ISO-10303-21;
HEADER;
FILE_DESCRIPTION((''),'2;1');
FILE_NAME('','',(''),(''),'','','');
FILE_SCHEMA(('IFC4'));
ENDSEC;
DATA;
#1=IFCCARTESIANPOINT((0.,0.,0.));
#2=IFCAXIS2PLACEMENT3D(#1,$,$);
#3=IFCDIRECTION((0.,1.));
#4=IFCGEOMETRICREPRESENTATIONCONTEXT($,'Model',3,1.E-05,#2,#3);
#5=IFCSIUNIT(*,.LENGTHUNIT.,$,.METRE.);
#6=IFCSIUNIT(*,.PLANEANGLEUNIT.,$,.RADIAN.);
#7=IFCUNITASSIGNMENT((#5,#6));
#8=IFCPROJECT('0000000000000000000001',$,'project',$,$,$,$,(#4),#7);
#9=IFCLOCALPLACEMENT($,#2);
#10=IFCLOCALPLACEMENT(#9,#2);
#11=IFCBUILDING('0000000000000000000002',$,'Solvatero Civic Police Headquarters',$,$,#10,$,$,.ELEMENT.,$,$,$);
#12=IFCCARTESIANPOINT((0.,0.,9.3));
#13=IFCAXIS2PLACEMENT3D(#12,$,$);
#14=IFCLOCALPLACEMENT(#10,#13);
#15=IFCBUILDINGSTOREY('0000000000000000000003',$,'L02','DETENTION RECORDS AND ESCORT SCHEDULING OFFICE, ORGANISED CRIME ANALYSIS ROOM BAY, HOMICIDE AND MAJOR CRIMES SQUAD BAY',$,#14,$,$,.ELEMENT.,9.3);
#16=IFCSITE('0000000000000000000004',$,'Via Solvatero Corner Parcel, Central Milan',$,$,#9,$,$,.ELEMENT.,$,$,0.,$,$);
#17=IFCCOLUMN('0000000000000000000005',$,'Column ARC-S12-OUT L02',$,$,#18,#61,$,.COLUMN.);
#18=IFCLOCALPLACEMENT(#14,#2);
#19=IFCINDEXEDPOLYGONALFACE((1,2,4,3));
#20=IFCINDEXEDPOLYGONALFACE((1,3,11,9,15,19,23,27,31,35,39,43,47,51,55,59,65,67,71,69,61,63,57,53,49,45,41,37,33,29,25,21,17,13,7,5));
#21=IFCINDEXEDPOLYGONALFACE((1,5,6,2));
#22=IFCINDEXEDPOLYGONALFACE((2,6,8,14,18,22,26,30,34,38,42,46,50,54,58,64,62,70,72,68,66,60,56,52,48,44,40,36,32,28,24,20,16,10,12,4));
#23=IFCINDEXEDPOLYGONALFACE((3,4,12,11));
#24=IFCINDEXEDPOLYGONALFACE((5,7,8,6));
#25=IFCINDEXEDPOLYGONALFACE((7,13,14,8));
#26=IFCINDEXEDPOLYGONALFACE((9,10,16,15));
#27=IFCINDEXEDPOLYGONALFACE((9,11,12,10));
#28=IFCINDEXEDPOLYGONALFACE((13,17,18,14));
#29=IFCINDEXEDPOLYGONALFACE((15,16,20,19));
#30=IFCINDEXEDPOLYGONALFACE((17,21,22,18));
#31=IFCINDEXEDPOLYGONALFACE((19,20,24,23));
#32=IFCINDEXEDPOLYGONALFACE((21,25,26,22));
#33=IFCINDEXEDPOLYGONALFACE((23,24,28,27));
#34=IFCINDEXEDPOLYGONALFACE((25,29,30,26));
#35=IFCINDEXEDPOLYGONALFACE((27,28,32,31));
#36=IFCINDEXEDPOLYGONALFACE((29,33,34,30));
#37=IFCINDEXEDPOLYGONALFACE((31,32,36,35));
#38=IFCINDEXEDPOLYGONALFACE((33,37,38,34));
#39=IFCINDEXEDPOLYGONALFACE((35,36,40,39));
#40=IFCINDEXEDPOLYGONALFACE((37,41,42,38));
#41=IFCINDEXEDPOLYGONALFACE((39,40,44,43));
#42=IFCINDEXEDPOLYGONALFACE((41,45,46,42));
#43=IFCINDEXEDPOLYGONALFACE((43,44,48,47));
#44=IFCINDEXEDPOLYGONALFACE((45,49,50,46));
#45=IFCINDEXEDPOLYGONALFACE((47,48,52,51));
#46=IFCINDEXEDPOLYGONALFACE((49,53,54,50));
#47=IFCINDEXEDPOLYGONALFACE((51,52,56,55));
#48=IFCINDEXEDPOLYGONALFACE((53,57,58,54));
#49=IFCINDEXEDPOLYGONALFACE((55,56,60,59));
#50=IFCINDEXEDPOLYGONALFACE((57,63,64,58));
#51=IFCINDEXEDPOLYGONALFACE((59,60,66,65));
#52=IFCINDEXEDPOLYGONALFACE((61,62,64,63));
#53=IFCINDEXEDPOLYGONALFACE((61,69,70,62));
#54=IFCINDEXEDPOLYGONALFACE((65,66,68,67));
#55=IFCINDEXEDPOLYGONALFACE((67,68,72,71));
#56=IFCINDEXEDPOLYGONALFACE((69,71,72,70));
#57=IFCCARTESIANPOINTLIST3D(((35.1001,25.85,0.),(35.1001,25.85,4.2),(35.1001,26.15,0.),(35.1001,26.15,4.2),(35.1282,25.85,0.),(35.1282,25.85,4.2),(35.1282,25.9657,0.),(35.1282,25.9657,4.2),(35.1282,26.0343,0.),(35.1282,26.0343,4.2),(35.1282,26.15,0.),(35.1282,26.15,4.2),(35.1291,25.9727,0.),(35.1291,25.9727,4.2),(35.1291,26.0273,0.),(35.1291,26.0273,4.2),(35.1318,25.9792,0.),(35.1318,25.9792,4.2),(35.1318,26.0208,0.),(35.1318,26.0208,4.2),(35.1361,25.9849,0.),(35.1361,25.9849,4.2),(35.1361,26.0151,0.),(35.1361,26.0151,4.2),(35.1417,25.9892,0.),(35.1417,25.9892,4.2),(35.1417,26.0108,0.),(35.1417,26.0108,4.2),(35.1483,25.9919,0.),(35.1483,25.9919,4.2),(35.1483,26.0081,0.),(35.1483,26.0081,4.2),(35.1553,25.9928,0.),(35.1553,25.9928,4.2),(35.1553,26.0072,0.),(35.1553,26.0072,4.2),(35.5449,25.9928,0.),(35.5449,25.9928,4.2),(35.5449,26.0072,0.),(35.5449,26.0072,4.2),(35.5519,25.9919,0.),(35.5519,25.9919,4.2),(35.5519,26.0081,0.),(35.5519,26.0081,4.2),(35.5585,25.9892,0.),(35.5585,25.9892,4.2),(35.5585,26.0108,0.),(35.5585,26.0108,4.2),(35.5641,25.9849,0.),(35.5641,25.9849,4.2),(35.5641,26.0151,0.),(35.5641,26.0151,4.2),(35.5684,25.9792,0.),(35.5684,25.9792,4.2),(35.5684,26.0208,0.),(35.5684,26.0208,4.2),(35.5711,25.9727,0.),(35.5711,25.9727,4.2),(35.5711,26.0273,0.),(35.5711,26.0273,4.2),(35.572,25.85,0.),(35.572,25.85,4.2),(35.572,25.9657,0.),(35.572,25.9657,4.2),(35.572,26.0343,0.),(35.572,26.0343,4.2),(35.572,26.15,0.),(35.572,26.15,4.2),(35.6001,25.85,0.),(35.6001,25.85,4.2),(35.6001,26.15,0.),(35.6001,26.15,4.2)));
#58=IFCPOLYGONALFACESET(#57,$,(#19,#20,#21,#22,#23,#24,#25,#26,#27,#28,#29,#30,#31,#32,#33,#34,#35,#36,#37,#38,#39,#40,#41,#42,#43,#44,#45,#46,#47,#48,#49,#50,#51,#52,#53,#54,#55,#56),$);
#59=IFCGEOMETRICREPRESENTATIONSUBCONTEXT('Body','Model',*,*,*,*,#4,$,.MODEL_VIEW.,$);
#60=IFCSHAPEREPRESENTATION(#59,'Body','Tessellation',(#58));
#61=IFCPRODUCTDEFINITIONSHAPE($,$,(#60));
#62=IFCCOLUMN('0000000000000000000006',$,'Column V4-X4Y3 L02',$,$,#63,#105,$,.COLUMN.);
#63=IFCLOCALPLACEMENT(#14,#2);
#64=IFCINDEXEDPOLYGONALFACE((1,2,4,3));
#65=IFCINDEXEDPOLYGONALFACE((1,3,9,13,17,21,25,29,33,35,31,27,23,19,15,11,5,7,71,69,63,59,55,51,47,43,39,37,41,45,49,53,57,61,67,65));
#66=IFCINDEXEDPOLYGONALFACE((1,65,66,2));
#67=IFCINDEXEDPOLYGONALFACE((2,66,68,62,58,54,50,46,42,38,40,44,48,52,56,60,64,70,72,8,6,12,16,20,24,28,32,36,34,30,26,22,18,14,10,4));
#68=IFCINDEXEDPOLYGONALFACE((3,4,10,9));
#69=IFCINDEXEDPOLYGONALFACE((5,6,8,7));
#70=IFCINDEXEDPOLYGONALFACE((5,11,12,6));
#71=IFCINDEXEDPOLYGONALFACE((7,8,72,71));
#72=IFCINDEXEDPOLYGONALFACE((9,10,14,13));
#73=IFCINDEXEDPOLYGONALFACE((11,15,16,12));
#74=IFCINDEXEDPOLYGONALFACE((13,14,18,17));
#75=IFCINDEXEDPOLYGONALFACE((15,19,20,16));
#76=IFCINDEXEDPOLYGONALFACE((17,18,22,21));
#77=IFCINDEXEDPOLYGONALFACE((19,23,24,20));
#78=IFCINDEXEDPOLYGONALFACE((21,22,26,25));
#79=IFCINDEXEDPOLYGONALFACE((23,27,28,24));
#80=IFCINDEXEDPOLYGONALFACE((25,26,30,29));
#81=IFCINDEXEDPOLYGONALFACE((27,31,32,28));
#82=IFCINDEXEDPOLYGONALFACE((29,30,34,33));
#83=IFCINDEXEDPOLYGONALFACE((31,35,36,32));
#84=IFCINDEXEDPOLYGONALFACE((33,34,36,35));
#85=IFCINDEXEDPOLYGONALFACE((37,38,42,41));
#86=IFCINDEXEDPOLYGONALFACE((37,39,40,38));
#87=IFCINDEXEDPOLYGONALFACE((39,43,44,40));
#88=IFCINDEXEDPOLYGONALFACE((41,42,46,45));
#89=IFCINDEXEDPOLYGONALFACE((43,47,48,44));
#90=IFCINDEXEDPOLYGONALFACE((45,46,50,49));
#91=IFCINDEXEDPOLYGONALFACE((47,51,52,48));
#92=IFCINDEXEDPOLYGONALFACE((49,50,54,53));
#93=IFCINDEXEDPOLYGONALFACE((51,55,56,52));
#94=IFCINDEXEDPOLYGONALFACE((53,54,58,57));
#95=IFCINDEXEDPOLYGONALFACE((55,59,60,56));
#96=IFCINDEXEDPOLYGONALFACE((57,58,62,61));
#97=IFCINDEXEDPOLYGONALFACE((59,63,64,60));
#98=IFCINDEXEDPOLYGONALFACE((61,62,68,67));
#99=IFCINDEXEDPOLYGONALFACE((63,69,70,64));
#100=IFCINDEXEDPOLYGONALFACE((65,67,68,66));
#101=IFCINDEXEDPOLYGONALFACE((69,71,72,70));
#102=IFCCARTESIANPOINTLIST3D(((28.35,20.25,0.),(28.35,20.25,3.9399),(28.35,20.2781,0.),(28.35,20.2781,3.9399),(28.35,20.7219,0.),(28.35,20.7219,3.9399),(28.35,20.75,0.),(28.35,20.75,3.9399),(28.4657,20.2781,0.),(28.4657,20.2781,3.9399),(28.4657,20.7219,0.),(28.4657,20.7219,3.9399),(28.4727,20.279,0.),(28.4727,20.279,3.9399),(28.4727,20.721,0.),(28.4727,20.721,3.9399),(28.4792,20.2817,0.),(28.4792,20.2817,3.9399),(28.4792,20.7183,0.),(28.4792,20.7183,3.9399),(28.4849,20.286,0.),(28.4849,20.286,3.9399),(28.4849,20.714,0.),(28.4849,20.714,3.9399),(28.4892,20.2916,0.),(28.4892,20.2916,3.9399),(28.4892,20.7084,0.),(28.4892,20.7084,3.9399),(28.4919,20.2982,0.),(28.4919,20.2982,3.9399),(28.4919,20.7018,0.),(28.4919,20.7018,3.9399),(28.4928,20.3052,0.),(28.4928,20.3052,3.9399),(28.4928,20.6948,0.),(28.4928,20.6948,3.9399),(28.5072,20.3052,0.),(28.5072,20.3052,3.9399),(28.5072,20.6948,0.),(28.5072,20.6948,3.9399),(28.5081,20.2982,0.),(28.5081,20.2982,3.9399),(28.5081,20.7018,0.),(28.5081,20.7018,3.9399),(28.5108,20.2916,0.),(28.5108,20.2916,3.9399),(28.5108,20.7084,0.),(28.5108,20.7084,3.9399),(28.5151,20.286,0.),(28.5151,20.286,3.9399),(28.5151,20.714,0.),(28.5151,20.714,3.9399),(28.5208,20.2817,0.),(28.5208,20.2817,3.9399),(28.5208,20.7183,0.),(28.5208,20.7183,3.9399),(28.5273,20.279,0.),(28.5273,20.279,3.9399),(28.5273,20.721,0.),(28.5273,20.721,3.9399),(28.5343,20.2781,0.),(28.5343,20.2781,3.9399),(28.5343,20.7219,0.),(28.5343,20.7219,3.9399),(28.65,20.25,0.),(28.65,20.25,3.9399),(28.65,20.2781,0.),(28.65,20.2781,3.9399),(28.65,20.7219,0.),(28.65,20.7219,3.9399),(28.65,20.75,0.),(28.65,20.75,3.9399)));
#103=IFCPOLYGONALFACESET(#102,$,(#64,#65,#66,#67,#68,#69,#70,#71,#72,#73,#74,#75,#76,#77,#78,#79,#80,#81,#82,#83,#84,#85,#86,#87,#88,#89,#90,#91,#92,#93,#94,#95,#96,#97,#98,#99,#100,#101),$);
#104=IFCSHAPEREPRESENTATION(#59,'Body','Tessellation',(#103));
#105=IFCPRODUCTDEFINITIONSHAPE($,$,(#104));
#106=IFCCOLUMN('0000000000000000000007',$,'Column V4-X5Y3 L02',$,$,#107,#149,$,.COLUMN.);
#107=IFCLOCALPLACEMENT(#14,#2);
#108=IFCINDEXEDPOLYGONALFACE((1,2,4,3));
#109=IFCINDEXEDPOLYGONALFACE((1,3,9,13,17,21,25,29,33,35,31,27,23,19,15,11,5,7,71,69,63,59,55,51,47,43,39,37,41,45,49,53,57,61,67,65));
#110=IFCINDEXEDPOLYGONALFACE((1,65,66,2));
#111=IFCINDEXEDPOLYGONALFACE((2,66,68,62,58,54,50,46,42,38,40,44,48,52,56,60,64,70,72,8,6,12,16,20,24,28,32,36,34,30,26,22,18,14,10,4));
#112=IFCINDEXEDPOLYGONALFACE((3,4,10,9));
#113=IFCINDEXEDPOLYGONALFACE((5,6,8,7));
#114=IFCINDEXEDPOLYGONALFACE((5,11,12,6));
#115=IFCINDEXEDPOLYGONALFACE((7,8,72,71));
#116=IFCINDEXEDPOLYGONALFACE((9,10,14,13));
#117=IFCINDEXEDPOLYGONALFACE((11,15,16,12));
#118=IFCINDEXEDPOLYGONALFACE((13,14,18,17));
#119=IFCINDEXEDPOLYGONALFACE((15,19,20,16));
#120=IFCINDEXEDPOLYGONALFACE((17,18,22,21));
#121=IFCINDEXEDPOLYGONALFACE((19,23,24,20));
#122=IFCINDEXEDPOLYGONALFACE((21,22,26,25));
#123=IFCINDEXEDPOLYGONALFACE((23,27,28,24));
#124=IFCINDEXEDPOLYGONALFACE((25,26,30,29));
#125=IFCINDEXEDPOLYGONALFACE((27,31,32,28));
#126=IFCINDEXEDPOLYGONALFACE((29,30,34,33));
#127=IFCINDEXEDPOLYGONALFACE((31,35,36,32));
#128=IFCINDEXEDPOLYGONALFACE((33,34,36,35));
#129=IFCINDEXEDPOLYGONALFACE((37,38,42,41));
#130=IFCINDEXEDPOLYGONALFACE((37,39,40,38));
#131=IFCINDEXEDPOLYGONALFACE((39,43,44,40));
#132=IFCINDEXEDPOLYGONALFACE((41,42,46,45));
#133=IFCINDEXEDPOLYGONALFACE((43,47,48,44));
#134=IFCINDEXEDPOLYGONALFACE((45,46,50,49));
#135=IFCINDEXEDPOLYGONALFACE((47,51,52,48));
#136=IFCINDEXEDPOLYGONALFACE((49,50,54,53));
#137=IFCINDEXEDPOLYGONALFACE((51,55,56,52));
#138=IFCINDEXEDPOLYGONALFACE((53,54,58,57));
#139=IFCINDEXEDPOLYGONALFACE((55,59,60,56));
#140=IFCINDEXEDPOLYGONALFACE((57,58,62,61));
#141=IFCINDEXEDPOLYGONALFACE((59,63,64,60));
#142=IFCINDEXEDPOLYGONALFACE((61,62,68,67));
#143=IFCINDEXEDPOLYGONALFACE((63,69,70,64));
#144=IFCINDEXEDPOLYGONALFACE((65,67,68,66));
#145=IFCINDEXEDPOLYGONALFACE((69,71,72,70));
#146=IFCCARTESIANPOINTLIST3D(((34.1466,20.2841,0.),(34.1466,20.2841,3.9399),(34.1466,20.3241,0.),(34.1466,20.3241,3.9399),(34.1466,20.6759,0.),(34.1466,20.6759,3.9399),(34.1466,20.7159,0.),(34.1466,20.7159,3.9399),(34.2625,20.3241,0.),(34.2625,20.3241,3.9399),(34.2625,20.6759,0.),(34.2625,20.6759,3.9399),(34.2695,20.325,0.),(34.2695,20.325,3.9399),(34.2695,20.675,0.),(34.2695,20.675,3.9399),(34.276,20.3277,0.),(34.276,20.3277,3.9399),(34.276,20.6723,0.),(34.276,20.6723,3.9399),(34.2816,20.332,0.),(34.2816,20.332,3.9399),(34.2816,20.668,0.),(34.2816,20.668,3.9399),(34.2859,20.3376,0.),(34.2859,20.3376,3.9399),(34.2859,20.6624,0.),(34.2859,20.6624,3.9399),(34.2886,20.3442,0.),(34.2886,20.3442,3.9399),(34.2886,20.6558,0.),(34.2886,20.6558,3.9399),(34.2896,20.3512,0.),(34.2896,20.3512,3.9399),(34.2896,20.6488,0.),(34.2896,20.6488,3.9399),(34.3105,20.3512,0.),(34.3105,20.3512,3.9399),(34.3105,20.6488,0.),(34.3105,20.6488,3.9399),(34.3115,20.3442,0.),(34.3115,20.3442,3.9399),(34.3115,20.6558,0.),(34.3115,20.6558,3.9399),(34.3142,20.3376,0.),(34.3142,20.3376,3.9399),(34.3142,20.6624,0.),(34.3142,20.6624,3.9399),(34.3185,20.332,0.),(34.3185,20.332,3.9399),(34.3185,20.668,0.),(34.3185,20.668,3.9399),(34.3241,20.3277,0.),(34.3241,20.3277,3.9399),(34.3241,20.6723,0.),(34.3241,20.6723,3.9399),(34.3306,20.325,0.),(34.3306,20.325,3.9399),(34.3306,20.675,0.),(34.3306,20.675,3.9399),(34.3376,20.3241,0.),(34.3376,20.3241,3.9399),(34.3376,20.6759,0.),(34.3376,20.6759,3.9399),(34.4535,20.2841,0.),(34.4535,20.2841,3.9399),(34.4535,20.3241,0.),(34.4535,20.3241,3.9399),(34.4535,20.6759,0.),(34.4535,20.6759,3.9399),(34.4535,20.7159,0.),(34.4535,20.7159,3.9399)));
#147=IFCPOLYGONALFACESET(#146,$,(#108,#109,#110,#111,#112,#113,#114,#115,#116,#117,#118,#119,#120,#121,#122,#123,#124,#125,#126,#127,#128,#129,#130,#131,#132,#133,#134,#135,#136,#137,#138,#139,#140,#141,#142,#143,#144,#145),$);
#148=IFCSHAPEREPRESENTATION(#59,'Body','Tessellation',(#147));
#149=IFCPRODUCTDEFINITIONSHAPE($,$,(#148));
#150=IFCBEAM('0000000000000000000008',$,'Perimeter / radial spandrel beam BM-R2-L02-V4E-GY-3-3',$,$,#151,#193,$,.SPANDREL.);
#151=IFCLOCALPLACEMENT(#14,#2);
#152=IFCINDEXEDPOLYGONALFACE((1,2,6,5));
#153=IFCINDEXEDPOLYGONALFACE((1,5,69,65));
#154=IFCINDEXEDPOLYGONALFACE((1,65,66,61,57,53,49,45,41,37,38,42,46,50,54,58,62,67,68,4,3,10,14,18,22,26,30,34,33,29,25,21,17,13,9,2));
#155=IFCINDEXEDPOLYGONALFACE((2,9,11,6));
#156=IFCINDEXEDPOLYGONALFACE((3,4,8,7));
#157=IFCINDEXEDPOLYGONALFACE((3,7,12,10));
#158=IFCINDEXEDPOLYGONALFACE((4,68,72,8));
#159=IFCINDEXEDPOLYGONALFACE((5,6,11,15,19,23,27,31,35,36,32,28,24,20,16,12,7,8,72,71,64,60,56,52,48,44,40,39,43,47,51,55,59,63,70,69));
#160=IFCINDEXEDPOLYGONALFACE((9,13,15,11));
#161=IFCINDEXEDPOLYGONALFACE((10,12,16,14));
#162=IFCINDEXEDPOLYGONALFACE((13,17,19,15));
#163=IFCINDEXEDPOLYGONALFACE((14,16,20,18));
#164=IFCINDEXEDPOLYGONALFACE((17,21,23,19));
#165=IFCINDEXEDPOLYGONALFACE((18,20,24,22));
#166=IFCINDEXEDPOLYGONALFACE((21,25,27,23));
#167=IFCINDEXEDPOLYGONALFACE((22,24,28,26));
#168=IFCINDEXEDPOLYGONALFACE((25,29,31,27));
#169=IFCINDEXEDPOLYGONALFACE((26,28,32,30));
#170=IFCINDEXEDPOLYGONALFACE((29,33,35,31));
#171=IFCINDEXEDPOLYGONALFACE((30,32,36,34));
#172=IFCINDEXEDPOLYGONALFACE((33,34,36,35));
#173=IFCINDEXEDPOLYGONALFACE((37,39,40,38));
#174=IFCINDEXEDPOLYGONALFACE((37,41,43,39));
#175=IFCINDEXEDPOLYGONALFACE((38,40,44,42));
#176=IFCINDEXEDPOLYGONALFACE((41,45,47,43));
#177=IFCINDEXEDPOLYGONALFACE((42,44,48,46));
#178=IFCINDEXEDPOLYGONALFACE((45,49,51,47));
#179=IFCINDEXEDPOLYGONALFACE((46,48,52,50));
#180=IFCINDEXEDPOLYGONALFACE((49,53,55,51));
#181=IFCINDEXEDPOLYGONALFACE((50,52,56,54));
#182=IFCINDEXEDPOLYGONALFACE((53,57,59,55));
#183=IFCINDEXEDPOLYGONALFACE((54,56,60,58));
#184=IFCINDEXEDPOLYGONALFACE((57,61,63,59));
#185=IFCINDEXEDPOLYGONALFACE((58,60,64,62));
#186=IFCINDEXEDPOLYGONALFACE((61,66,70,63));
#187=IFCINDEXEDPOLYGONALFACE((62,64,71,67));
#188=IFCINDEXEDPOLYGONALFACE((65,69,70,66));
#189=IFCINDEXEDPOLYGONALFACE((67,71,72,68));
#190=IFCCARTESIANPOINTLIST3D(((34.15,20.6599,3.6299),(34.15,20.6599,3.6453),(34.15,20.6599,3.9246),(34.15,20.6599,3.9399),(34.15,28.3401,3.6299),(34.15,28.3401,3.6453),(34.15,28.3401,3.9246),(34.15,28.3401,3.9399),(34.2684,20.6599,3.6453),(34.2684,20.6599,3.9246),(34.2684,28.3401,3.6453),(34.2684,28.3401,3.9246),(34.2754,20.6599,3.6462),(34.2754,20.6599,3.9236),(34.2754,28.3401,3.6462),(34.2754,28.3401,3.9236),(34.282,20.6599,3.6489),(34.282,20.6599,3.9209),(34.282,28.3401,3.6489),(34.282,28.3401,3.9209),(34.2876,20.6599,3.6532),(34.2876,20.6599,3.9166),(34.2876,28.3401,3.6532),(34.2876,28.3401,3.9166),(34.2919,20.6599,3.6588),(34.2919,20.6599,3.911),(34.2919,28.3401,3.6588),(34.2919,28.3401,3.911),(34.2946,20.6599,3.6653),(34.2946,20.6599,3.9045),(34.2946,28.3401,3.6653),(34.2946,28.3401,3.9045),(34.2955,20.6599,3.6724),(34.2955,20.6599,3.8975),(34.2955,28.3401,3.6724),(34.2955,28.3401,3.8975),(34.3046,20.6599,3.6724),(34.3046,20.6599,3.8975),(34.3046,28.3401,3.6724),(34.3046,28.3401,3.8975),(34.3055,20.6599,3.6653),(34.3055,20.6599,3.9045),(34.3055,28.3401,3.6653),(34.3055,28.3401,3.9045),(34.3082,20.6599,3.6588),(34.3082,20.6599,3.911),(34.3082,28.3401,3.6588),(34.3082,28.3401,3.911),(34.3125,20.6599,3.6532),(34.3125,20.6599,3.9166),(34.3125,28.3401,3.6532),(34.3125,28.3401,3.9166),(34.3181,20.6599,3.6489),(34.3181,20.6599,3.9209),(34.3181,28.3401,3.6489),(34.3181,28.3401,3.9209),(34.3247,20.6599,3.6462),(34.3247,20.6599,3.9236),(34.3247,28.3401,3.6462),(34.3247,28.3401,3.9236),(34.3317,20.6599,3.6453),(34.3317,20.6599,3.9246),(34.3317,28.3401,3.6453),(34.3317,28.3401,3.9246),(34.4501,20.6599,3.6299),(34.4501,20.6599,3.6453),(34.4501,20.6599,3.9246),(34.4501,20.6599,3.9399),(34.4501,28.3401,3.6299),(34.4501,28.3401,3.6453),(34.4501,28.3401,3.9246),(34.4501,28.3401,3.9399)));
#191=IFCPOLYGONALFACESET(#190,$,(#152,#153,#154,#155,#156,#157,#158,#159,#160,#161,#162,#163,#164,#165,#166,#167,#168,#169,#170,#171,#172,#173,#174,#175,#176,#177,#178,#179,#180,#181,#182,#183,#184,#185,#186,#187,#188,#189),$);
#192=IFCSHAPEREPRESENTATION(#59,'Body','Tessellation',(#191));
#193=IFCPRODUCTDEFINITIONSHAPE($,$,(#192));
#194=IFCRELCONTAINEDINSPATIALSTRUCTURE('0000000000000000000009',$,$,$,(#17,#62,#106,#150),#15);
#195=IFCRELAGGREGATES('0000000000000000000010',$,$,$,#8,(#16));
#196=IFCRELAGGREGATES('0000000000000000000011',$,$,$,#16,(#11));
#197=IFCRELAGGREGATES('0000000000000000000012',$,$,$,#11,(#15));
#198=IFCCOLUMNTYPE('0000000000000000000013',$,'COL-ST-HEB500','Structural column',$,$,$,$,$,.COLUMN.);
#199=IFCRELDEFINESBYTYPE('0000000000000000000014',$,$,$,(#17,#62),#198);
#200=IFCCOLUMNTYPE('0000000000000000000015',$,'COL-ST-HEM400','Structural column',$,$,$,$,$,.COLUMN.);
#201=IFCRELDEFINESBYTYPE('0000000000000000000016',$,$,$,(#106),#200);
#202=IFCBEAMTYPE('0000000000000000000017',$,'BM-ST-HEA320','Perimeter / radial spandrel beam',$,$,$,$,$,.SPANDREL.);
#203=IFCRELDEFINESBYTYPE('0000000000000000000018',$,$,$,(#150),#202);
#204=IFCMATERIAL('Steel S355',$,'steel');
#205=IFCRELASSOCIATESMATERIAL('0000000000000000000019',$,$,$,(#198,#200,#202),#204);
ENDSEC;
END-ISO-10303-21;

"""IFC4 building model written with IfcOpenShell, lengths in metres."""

from ifc_helpers import new_model, si_unit, direction, frame, origin, origin_2d, place, context, subcontext, project, spatial, i_section, extrude, material, material_profile, profile_set, type_object, element, save


model = new_model("IFC4")

# Units and contexts
model_context = context("Model", 3, precision=1e-05, world=origin(), true_north=direction((0.0, 1.0)))
body_context = subcontext(model_context, "Body", "Model", "MODEL_VIEW")
ifc_project = project(units=[si_unit("LENGTHUNIT", "METRE"), si_unit("PLANEANGLEUNIT", "RADIAN")], contexts=[model_context])

# Site, building, storey
site_placement = place(None, origin())
site = spatial("IfcSite", under=ifc_project, at=site_placement, Name="Via Solvatero Corner Parcel, Central Milan", CompositionType="ELEMENT", RefElevation=0.0)
building_placement = place(site_placement, origin())
building = spatial("IfcBuilding", under=site, at=building_placement, Name="Solvatero Civic Police Headquarters", CompositionType="ELEMENT")
storey_placement = place(building_placement, frame((0.0, 0.0, 9.3)))
storey = spatial("IfcBuildingStorey", under=building, at=storey_placement, Name="L02", Description="DETENTION RECORDS AND ESCORT SCHEDULING OFFICE, ORGANISED CRIME ANALYSIS ROOM BAY, HOMICIDE AND MAJOR CRIMES SQUAD BAY", CompositionType="ELEMENT", Elevation=9.3)

# Columns
ifc_material_1 = material(Name="Steel S355", Category="steel")
ifc_material_profile_1 = material_profile(ifc_material_1, i_section(OverallWidth=0.3, OverallDepth=0.5, WebThickness=0.0144, FlangeThickness=0.0281, FilletRadius=0.0271, at=origin_2d()), Name="HEB 500")
ifc_profile_set_1 = profile_set([ifc_material_profile_1], Name="Steel S355")
column_type_1 = type_object("IfcColumnType", Name="COL-ST-HEB500", Description="Structural column", PredefinedType="COLUMN", material=ifc_profile_set_1)
column_1_placement = place(storey_placement, frame((35.3501, 26.0, 0.0), z_axis=(0.0, 0.0, 1.0), x_axis=(0.0, 1.0, 0.0)))
element("IfcColumn", 1, at=column_1_placement, inside=storey, type_object=column_type_1, Name="Column ARC-S12-OUT L02", PredefinedType="COLUMN", context=body_context, shape_type="SweptSolid", body=[
    extrude(i_section(OverallWidth=0.3, OverallDepth=0.5, WebThickness=0.0144, FlangeThickness=0.0281, FilletRadius=0.0271, at=origin_2d()), origin(), (0.0, 0.0, 1.0), 4.2),
])
column_2_placement = place(storey_placement, frame((28.5, 20.5, 0.0), z_axis=(0.0, 0.0, 1.0), x_axis=(1.0, 0.0, 0.0)))
element("IfcColumn", 2, at=column_2_placement, inside=storey, type_object=column_type_1, Name="Column V4-X4Y3 L02", PredefinedType="COLUMN", context=body_context, shape_type="SweptSolid", body=[
    extrude(i_section(OverallWidth=0.3, OverallDepth=0.5, WebThickness=0.0144, FlangeThickness=0.0281, FilletRadius=0.0271, at=origin_2d()), origin(), (0.0, 0.0, 1.0), 3.9399),
])
ifc_material_profile_2 = material_profile(ifc_material_1, i_section(OverallWidth=0.3069, OverallDepth=0.4319, WebThickness=0.021, FlangeThickness=0.04, FilletRadius=0.0271, at=origin_2d()), Name="HEM 400")
ifc_profile_set_2 = profile_set([ifc_material_profile_2], Name="Steel S355")
column_type_2 = type_object("IfcColumnType", Name="COL-ST-HEM400", Description="Structural column", PredefinedType="COLUMN", material=ifc_profile_set_2)
column_3_placement = place(storey_placement, frame((34.3, 20.5, 0.0), z_axis=(0.0, 0.0, 1.0), x_axis=(1.0, 0.0, 0.0)))
element("IfcColumn", 3, at=column_3_placement, inside=storey, type_object=column_type_2, Name="Column V4-X5Y3 L02", PredefinedType="COLUMN", context=body_context, shape_type="SweptSolid", body=[
    extrude(i_section(OverallWidth=0.3069, OverallDepth=0.4319, WebThickness=0.021, FlangeThickness=0.04, FilletRadius=0.0271, at=origin_2d()), origin(), (0.0, 0.0, 1.0), 3.9399),
])

# Beam
ifc_material_profile_3 = material_profile(ifc_material_1, i_section(OverallWidth=0.3, OverallDepth=0.3101, WebThickness=0.009, FlangeThickness=0.0154, FilletRadius=0.0271, at=origin_2d()), Name="HEA 320")
ifc_profile_set_3 = profile_set([ifc_material_profile_3], Name="Steel S355")
beam_type_1 = type_object("IfcBeamType", Name="BM-ST-HEA320", Description="Perimeter / radial spandrel beam", PredefinedType="SPANDREL", material=ifc_profile_set_3)
beam_1_placement = place(storey_placement, frame((34.3, 20.6599, 3.7849), z_axis=(0.0, 1.0, 0.0), x_axis=(-1.0, 0.0, 0.0)))
element("IfcBeam", 4, at=beam_1_placement, inside=storey, type_object=beam_type_1, Name="Perimeter / radial spandrel beam BM-R2-L02-V4E-GY-3-3", PredefinedType="SPANDREL", context=body_context, shape_type="SweptSolid", body=[
    extrude(i_section(OverallWidth=0.3, OverallDepth=0.3101, WebThickness=0.009, FlangeThickness=0.0154, FilletRadius=0.0271, at=origin_2d()), origin(), (0.0, 0.0, 1.0), 7.6802),
])

save(model, "model.ifc")
